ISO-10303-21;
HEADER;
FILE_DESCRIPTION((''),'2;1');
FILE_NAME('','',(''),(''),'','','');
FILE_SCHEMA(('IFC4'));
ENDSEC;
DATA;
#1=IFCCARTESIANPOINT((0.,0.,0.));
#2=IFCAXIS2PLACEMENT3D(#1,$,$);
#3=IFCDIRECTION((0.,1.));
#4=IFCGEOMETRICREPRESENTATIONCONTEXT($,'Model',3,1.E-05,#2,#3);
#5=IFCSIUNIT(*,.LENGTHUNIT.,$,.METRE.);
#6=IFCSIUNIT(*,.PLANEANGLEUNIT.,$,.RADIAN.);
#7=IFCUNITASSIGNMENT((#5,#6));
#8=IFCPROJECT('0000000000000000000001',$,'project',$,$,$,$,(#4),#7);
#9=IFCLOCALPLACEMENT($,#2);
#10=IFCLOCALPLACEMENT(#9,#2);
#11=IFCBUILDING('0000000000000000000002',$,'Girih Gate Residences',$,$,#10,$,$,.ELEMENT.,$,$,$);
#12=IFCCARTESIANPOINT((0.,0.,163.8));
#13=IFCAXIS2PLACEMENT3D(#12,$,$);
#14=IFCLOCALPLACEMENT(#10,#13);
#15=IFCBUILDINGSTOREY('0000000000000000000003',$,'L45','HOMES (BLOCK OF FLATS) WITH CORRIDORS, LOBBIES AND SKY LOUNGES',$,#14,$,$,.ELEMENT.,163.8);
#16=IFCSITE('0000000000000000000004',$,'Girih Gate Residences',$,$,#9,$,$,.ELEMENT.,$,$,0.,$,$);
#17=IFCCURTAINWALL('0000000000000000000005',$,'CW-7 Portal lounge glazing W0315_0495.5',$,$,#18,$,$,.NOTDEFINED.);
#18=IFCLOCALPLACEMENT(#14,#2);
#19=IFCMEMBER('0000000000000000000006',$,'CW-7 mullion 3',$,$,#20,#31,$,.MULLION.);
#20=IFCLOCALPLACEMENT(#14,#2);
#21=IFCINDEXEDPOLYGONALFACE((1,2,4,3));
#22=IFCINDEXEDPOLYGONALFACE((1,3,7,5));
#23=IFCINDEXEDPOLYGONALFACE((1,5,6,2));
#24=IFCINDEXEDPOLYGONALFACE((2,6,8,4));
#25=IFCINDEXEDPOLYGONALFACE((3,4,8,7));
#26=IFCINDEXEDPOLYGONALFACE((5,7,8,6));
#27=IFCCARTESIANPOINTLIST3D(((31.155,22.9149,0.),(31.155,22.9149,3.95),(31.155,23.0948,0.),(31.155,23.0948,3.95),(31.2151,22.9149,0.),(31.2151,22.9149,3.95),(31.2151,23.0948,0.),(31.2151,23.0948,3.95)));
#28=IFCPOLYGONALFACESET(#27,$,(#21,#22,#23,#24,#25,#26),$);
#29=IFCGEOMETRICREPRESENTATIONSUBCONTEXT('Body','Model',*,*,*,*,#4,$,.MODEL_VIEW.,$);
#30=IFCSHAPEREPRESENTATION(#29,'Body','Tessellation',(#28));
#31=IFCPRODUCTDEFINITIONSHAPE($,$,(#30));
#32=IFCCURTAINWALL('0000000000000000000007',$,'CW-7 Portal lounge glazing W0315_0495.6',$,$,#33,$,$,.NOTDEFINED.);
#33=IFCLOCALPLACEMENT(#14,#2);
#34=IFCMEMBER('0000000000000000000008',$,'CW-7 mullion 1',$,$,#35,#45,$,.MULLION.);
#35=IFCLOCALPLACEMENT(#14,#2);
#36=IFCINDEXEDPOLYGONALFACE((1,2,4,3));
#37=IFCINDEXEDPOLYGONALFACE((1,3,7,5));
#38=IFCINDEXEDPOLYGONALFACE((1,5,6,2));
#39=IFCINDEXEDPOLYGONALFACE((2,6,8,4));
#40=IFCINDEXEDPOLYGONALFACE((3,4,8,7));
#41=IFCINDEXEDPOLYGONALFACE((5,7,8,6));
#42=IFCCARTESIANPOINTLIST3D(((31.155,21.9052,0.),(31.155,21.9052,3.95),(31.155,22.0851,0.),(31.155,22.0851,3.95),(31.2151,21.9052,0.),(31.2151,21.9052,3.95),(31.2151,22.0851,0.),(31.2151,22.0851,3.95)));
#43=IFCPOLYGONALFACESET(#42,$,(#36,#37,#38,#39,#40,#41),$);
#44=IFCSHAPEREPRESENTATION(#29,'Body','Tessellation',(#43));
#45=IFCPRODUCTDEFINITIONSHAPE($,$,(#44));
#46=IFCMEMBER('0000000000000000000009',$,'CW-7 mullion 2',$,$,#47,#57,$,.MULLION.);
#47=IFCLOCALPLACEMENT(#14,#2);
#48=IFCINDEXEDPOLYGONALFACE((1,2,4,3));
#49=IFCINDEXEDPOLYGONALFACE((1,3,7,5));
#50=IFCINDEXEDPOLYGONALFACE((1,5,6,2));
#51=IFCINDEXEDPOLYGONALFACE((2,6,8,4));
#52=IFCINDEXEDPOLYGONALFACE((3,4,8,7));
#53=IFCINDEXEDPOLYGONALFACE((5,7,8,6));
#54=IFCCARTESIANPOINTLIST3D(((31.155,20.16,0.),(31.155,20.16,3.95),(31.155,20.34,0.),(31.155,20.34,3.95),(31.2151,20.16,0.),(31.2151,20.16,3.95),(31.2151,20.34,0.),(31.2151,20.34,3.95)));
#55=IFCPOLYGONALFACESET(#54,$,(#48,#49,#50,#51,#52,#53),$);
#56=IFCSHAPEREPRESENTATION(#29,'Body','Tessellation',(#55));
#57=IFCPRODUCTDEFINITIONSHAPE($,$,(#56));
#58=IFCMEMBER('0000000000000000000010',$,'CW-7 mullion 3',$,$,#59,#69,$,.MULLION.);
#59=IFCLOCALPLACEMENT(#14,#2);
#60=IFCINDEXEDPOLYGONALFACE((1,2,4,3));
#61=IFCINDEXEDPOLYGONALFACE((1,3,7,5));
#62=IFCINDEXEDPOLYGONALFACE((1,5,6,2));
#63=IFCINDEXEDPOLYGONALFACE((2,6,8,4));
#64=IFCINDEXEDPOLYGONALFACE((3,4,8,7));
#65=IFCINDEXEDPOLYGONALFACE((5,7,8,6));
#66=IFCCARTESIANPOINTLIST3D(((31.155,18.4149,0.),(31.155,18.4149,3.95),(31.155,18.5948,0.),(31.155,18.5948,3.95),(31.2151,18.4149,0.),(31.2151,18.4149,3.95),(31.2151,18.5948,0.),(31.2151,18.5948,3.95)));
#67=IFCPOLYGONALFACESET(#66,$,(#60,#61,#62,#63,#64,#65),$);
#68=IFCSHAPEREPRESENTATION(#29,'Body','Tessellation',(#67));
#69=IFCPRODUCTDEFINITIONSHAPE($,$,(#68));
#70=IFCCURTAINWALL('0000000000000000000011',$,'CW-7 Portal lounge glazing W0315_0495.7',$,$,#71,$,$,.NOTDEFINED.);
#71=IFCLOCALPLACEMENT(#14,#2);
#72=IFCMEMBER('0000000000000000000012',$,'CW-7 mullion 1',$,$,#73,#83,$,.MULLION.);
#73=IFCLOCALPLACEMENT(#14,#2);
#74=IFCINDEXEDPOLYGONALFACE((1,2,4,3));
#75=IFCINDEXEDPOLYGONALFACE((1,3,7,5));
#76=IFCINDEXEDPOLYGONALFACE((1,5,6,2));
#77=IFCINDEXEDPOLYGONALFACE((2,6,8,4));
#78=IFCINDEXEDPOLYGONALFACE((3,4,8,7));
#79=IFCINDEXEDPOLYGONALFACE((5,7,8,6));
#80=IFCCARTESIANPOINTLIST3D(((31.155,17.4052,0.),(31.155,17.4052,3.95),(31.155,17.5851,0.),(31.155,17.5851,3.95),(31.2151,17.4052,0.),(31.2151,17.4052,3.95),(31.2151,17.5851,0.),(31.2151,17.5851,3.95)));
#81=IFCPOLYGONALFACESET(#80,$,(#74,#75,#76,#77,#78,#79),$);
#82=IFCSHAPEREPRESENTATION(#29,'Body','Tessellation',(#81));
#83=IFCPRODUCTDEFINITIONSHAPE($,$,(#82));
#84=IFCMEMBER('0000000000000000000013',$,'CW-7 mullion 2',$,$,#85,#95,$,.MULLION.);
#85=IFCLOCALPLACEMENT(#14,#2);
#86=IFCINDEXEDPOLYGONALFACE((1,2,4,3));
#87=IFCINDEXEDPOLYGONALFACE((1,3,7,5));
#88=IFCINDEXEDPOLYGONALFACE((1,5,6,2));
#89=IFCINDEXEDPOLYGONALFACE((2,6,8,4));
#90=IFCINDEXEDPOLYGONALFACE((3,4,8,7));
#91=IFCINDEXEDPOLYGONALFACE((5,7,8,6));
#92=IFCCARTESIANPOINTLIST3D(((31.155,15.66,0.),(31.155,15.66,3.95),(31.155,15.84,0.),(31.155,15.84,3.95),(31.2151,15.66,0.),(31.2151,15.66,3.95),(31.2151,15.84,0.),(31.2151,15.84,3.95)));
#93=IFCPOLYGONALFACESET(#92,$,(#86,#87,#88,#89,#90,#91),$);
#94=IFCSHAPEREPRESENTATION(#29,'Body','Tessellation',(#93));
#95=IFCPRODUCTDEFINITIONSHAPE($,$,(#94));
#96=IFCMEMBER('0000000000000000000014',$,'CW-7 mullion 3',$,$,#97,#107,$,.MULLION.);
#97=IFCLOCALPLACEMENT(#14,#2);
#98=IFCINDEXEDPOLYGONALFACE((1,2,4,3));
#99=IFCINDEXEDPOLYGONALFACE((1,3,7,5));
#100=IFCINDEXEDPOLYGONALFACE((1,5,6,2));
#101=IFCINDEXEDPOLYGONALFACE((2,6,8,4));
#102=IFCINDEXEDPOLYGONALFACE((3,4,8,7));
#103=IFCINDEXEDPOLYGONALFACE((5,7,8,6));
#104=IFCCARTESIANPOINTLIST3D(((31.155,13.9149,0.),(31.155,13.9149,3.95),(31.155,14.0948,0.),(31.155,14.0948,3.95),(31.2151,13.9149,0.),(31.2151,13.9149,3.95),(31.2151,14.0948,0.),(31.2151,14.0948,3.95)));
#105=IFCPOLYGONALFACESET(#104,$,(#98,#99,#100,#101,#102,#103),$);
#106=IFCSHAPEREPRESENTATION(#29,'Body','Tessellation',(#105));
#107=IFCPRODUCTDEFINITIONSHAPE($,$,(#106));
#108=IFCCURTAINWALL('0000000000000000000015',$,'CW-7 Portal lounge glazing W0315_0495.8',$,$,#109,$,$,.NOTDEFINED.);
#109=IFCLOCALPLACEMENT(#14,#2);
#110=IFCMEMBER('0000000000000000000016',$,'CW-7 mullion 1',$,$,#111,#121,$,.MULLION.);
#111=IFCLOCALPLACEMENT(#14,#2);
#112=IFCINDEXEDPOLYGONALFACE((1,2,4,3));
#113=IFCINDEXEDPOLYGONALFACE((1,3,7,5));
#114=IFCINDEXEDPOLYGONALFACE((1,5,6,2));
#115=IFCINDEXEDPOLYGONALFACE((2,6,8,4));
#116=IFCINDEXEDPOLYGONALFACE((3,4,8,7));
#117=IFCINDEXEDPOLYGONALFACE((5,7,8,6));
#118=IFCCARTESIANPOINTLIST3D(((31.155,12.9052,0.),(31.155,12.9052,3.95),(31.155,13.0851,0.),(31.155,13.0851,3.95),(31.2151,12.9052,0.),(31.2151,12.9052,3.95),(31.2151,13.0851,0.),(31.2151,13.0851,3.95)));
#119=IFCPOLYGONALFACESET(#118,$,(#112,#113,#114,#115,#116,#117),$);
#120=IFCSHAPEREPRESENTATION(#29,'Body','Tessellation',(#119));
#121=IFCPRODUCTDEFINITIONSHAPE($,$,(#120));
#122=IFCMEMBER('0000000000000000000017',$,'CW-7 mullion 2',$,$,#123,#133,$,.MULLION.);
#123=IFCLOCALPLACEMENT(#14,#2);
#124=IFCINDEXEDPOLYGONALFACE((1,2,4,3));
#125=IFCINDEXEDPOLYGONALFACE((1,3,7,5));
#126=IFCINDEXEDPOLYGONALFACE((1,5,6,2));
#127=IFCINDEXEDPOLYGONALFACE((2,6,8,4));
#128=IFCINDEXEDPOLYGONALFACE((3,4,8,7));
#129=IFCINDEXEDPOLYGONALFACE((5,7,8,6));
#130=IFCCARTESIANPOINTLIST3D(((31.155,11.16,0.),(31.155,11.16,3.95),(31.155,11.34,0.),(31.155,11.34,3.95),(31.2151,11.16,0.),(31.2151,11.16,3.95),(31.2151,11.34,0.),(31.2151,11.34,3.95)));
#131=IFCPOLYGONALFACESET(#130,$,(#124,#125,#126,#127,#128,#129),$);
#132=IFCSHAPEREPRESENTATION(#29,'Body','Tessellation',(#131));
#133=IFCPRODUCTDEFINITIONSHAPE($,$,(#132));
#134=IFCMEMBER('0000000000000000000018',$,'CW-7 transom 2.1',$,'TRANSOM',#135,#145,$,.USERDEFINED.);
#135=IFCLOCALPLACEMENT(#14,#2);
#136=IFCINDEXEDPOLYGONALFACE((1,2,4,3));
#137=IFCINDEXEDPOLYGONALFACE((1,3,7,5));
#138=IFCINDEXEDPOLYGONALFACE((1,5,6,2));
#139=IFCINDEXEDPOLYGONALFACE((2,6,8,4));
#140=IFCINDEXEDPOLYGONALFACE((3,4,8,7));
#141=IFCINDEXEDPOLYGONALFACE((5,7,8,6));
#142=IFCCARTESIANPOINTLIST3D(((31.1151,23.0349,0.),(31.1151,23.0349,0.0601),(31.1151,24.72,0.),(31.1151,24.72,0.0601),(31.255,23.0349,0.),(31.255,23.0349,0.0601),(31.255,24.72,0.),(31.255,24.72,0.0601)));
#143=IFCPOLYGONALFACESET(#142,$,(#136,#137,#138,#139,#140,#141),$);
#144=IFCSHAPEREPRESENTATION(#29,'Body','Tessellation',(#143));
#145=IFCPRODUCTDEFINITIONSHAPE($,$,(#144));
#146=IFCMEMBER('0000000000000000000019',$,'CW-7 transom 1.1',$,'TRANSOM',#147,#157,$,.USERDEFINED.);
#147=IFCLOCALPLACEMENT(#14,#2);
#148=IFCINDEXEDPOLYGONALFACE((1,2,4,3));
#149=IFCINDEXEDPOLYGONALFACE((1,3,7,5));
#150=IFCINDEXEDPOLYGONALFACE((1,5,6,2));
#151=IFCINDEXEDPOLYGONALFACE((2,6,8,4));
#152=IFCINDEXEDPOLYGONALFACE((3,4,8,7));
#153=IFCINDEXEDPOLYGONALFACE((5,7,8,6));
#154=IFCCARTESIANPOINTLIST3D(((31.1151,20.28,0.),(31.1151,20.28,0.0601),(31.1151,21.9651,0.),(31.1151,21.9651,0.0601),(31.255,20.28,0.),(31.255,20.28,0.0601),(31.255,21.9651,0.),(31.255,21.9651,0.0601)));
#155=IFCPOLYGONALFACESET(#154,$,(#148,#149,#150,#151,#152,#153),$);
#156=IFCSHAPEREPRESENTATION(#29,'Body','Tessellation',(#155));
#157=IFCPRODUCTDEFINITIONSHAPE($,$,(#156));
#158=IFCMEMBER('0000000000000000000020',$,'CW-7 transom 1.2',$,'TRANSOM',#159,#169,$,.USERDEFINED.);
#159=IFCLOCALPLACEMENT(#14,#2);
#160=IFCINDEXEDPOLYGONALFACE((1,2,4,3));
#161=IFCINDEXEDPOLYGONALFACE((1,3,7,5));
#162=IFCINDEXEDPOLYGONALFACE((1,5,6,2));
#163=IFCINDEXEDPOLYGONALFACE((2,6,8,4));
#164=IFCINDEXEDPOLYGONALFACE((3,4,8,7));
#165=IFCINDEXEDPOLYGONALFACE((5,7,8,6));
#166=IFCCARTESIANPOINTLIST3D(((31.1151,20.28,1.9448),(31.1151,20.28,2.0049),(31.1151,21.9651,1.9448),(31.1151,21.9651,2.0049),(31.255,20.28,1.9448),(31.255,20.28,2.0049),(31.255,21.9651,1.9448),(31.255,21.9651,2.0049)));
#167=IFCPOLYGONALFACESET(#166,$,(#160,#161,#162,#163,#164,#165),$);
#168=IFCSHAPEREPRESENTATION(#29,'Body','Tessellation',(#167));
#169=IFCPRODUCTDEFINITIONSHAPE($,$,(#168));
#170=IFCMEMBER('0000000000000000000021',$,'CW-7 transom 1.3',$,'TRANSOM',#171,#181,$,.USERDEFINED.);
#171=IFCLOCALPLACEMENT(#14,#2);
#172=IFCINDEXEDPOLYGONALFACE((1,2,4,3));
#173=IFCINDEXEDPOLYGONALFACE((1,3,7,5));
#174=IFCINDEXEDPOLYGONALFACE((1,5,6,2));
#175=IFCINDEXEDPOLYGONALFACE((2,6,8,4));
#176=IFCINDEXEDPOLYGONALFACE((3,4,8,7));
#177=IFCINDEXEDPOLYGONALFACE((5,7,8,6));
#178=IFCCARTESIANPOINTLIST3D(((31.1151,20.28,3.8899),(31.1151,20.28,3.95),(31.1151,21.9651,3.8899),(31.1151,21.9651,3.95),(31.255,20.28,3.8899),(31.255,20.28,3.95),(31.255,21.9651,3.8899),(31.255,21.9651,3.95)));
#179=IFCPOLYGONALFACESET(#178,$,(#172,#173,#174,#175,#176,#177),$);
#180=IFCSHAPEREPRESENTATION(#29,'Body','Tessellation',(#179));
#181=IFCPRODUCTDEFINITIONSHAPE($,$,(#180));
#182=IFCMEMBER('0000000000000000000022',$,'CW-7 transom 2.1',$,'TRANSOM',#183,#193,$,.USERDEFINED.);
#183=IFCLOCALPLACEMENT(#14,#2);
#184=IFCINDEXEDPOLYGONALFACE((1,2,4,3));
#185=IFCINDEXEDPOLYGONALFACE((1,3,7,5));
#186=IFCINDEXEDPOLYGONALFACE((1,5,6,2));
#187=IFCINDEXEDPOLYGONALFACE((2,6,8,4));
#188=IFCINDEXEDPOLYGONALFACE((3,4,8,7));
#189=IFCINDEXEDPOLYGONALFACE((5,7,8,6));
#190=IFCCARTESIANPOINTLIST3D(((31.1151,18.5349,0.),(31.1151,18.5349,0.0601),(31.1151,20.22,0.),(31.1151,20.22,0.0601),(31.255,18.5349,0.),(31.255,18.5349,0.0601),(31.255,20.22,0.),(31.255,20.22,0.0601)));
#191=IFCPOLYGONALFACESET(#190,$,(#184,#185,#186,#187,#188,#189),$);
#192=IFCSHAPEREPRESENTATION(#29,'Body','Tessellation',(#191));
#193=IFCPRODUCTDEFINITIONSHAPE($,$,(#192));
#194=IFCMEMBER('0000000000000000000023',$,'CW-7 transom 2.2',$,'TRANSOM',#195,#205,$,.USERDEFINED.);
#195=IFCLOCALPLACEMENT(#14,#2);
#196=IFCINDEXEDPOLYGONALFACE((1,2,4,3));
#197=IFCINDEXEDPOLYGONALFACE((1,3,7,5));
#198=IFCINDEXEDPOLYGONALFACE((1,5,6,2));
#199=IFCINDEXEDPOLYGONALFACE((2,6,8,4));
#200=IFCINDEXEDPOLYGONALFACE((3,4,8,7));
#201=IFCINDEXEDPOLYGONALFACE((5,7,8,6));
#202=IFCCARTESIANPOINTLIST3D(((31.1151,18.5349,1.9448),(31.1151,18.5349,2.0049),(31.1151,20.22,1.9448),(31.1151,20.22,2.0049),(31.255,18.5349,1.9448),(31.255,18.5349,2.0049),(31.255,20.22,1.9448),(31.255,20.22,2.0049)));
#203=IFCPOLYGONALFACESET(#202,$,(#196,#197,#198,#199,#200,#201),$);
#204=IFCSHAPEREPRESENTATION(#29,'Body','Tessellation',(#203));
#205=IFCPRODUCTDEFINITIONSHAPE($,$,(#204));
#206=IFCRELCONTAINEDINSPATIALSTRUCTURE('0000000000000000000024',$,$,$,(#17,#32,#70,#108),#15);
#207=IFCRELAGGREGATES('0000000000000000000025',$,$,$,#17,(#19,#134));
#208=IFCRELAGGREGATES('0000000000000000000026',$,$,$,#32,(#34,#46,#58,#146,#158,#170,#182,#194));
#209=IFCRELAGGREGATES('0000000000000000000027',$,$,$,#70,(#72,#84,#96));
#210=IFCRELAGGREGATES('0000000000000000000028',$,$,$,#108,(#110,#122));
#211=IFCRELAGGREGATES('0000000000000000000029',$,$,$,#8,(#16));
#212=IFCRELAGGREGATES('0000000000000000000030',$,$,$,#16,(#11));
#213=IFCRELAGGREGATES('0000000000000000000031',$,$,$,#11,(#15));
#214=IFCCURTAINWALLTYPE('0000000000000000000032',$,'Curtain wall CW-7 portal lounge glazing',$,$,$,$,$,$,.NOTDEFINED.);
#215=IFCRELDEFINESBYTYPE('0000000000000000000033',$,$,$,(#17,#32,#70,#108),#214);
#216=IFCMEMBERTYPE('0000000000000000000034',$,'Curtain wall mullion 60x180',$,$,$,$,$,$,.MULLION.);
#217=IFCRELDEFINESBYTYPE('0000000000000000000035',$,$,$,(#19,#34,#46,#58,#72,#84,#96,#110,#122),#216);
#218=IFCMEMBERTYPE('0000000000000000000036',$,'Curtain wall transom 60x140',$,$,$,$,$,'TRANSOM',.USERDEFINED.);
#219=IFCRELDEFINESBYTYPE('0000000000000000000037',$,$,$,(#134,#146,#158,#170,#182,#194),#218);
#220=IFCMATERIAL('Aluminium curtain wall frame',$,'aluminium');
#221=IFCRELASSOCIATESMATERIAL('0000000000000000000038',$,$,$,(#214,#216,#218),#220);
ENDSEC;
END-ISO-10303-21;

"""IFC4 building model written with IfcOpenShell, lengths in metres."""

from ifc_helpers import new_model, si_unit, direction, frame, origin, origin_2d, place, context, subcontext, project, spatial, rectangle, extrude, material, material_profile, profile_set, type_object, element, aggregate, save


model = new_model("IFC4")

# Units and contexts
model_context = context("Model", 3, precision=1e-05, world=origin(), true_north=direction((0.0, 1.0)))
body_context = subcontext(model_context, "Body", "Model", "MODEL_VIEW")
ifc_project = project(units=[si_unit("LENGTHUNIT", "METRE"), si_unit("PLANEANGLEUNIT", "RADIAN")], contexts=[model_context])

# Site, building, storey
site_placement = place(None, origin())
site = spatial("IfcSite", under=ifc_project, at=site_placement, Name="Girih Gate Residences", CompositionType="ELEMENT", RefElevation=0.0)
building_placement = place(site_placement, origin())
building = spatial("IfcBuilding", under=site, at=building_placement, Name="Girih Gate Residences", CompositionType="ELEMENT")
storey_placement = place(building_placement, frame((0.0, 0.0, 163.8)))
storey = spatial("IfcBuildingStorey", under=building, at=storey_placement, Name="L45", Description="HOMES (BLOCK OF FLATS) WITH CORRIDORS, LOBBIES AND SKY LOUNGES", CompositionType="ELEMENT", Elevation=163.8)

# Curtain wall, member
ifc_material_1 = material(Name="Aluminium curtain wall frame", Category="aluminium")
curtain_wall_type = type_object("IfcCurtainWallType", Name="Curtain wall CW-7 portal lounge glazing", PredefinedType="NOTDEFINED", material=ifc_material_1)
curtain_wall_1_placement = place(storey_placement, origin())
curtain_wall_1 = element("IfcCurtainWall", 1, at=curtain_wall_1_placement, inside=storey, type_object=curtain_wall_type, Name="CW-7 Portal lounge glazing W0315_0495.5", PredefinedType="NOTDEFINED")
ifc_material_profile_1 = material_profile(ifc_material_1, rectangle(XDim=0.0601, YDim=0.1799, at=origin_2d()))
ifc_profile_set_1 = profile_set([ifc_material_profile_1], Name="Aluminium curtain wall frame")
member_type_1 = type_object("IfcMemberType", Name="Curtain wall mullion 60x180", PredefinedType="MULLION", material=ifc_profile_set_1)
member_1_placement = place(storey_placement, frame((31.1851, 23.0049, 0.0), z_axis=(0.0, 0.0, 1.0), x_axis=(1.0, 0.0, 0.0)))
member_1 = element("IfcMember", 2, at=member_1_placement, type_object=member_type_1, Name="CW-7 mullion 3", PredefinedType="MULLION", context=body_context, shape_type="SweptSolid", body=[
    extrude(rectangle(XDim=0.0601, YDim=0.1799, at=origin_2d()), origin(), (0.0, 0.0, 1.0), 3.95),
])

# Curtain walls, members
curtain_wall_2_placement = place(storey_placement, origin())
curtain_wall_2 = element("IfcCurtainWall", 3, at=curtain_wall_2_placement, inside=storey, type_object=curtain_wall_type, Name="CW-7 Portal lounge glazing W0315_0495.6", PredefinedType="NOTDEFINED")
member_2_placement = place(storey_placement, frame((31.1851, 21.9951, 0.0), z_axis=(0.0, 0.0, 1.0), x_axis=(1.0, 0.0, 0.0)))
member_2 = element("IfcMember", 4, at=member_2_placement, type_object=member_type_1, Name="CW-7 mullion 1", PredefinedType="MULLION", context=body_context, shape_type="SweptSolid", body=[
    extrude(rectangle(XDim=0.0601, YDim=0.1799, at=origin_2d()), origin(), (0.0, 0.0, 1.0), 3.95),
])
member_3_placement = place(storey_placement, frame((31.1851, 20.25, 0.0), z_axis=(0.0, 0.0, 1.0), x_axis=(1.0, 0.0, 0.0)))
member_3 = element("IfcMember", 5, at=member_3_placement, type_object=member_type_1, Name="CW-7 mullion 2", PredefinedType="MULLION", context=body_context, shape_type="SweptSolid", body=[
    extrude(rectangle(XDim=0.0601, YDim=0.1799, at=origin_2d()), origin(), (0.0, 0.0, 1.0), 3.95),
])
member_4_placement = place(storey_placement, frame((31.1851, 18.5049, 0.0), z_axis=(0.0, 0.0, 1.0), x_axis=(1.0, 0.0, 0.0)))
member_4 = element("IfcMember", 6, at=member_4_placement, type_object=member_type_1, Name="CW-7 mullion 3", PredefinedType="MULLION", context=body_context, shape_type="SweptSolid", body=[
    extrude(rectangle(XDim=0.0601, YDim=0.1799, at=origin_2d()), origin(), (0.0, 0.0, 1.0), 3.95),
])
curtain_wall_3_placement = place(storey_placement, origin())
curtain_wall_3 = element("IfcCurtainWall", 7, at=curtain_wall_3_placement, inside=storey, type_object=curtain_wall_type, Name="CW-7 Portal lounge glazing W0315_0495.7", PredefinedType="NOTDEFINED")
member_5_placement = place(storey_placement, frame((31.1851, 17.4951, 0.0), z_axis=(0.0, 0.0, 1.0), x_axis=(1.0, 0.0, 0.0)))
member_5 = element("IfcMember", 8, at=member_5_placement, type_object=member_type_1, Name="CW-7 mullion 1", PredefinedType="MULLION", context=body_context, shape_type="SweptSolid", body=[
    extrude(rectangle(XDim=0.0601, YDim=0.1799, at=origin_2d()), origin(), (0.0, 0.0, 1.0), 3.95),
])
member_6_placement = place(storey_placement, frame((31.1851, 15.75, 0.0), z_axis=(0.0, 0.0, 1.0), x_axis=(1.0, 0.0, 0.0)))
member_6 = element("IfcMember", 9, at=member_6_placement, type_object=member_type_1, Name="CW-7 mullion 2", PredefinedType="MULLION", context=body_context, shape_type="SweptSolid", body=[
    extrude(rectangle(XDim=0.0601, YDim=0.1799, at=origin_2d()), origin(), (0.0, 0.0, 1.0), 3.95),
])
member_7_placement = place(storey_placement, frame((31.1851, 14.0049, 0.0), z_axis=(0.0, 0.0, 1.0), x_axis=(1.0, 0.0, 0.0)))
member_7 = element("IfcMember", 10, at=member_7_placement, type_object=member_type_1, Name="CW-7 mullion 3", PredefinedType="MULLION", context=body_context, shape_type="SweptSolid", body=[
    extrude(rectangle(XDim=0.0601, YDim=0.1799, at=origin_2d()), origin(), (0.0, 0.0, 1.0), 3.95),
])
curtain_wall_4_placement = place(storey_placement, origin())
curtain_wall_4 = element("IfcCurtainWall", 11, at=curtain_wall_4_placement, inside=storey, type_object=curtain_wall_type, Name="CW-7 Portal lounge glazing W0315_0495.8", PredefinedType="NOTDEFINED")
member_8_placement = place(storey_placement, frame((31.1851, 12.9951, 0.0), z_axis=(0.0, 0.0, 1.0), x_axis=(1.0, 0.0, 0.0)))
member_8 = element("IfcMember", 12, at=member_8_placement, type_object=member_type_1, Name="CW-7 mullion 1", PredefinedType="MULLION", context=body_context, shape_type="SweptSolid", body=[
    extrude(rectangle(XDim=0.0601, YDim=0.1799, at=origin_2d()), origin(), (0.0, 0.0, 1.0), 3.95),
])
member_9_placement = place(storey_placement, frame((31.1851, 11.25, 0.0), z_axis=(0.0, 0.0, 1.0), x_axis=(1.0, 0.0, 0.0)))
member_9 = element("IfcMember", 13, at=member_9_placement, type_object=member_type_1, Name="CW-7 mullion 2", PredefinedType="MULLION", context=body_context, shape_type="SweptSolid", body=[
    extrude(rectangle(XDim=0.0601, YDim=0.1799, at=origin_2d()), origin(), (0.0, 0.0, 1.0), 3.95),
])

# Members
ifc_material_profile_2 = material_profile(ifc_material_1, rectangle(XDim=0.1399, YDim=0.0601, at=origin_2d()))
ifc_profile_set_2 = profile_set([ifc_material_profile_2], Name="Aluminium curtain wall frame")
member_type_2 = type_object("IfcMemberType", Name="Curtain wall transom 60x140", ElementType="TRANSOM", PredefinedType="USERDEFINED", material=ifc_profile_set_2)
member_10_placement = place(storey_placement, frame((31.1851, 24.72, 0.03), z_axis=(0.0, -1.0, 0.0), x_axis=(1.0, 0.0, 0.0)))
member_10 = element("IfcMember", 14, at=member_10_placement, type_object=member_type_2, Name="CW-7 transom 2.1", ObjectType="TRANSOM", PredefinedType="USERDEFINED", context=body_context, shape_type="SweptSolid", body=[
    extrude(rectangle(XDim=0.1399, YDim=0.0601, at=origin_2d()), origin(), (0.0, 0.0, 1.0), 1.6851),
])
member_11_placement = place(storey_placement, frame((31.1851, 21.9651, 0.03), z_axis=(0.0, -1.0, 0.0), x_axis=(1.0, 0.0, 0.0)))
member_11 = element("IfcMember", 15, at=member_11_placement, type_object=member_type_2, Name="CW-7 transom 1.1", ObjectType="TRANSOM", PredefinedType="USERDEFINED", context=body_context, shape_type="SweptSolid", body=[
    extrude(rectangle(XDim=0.1399, YDim=0.0601, at=origin_2d()), origin(), (0.0, 0.0, 1.0), 1.6851),
])
member_12_placement = place(storey_placement, frame((31.1851, 21.9651, 1.9749), z_axis=(0.0, -1.0, 0.0), x_axis=(1.0, 0.0, 0.0)))
member_12 = element("IfcMember", 16, at=member_12_placement, type_object=member_type_2, Name="CW-7 transom 1.2", ObjectType="TRANSOM", PredefinedType="USERDEFINED", context=body_context, shape_type="SweptSolid", body=[
    extrude(rectangle(XDim=0.1399, YDim=0.0601, at=origin_2d()), origin(), (0.0, 0.0, 1.0), 1.6851),
])
member_13_placement = place(storey_placement, frame((31.1851, 21.9651, 3.9199), z_axis=(0.0, -1.0, 0.0), x_axis=(1.0, 0.0, 0.0)))
member_13 = element("IfcMember", 17, at=member_13_placement, type_object=member_type_2, Name="CW-7 transom 1.3", ObjectType="TRANSOM", PredefinedType="USERDEFINED", context=body_context, shape_type="SweptSolid", body=[
    extrude(rectangle(XDim=0.1399, YDim=0.0601, at=origin_2d()), origin(), (0.0, 0.0, 1.0), 1.6851),
])
member_14_placement = place(storey_placement, frame((31.1851, 20.22, 0.03), z_axis=(0.0, -1.0, 0.0), x_axis=(1.0, 0.0, 0.0)))
member_14 = element("IfcMember", 18, at=member_14_placement, type_object=member_type_2, Name="CW-7 transom 2.1", ObjectType="TRANSOM", PredefinedType="USERDEFINED", context=body_context, shape_type="SweptSolid", body=[
    extrude(rectangle(XDim=0.1399, YDim=0.0601, at=origin_2d()), origin(), (0.0, 0.0, 1.0), 1.6851),
])
member_15_placement = place(storey_placement, frame((31.1851, 20.22, 1.9749), z_axis=(0.0, -1.0, 0.0), x_axis=(1.0, 0.0, 0.0)))
member_15 = element("IfcMember", 19, at=member_15_placement, type_object=member_type_2, Name="CW-7 transom 2.2", ObjectType="TRANSOM", PredefinedType="USERDEFINED", context=body_context, shape_type="SweptSolid", body=[
    extrude(rectangle(XDim=0.1399, YDim=0.0601, at=origin_2d()), origin(), (0.0, 0.0, 1.0), 1.6851),
])

aggregate(curtain_wall_1, [member_1, member_10])
aggregate(curtain_wall_2, [member_2, member_3, member_4, member_11, member_12, member_13, member_14, member_15])
aggregate(curtain_wall_3, [member_5, member_6, member_7])
aggregate(curtain_wall_4, [member_8, member_9])

save(model, "model.ifc")
